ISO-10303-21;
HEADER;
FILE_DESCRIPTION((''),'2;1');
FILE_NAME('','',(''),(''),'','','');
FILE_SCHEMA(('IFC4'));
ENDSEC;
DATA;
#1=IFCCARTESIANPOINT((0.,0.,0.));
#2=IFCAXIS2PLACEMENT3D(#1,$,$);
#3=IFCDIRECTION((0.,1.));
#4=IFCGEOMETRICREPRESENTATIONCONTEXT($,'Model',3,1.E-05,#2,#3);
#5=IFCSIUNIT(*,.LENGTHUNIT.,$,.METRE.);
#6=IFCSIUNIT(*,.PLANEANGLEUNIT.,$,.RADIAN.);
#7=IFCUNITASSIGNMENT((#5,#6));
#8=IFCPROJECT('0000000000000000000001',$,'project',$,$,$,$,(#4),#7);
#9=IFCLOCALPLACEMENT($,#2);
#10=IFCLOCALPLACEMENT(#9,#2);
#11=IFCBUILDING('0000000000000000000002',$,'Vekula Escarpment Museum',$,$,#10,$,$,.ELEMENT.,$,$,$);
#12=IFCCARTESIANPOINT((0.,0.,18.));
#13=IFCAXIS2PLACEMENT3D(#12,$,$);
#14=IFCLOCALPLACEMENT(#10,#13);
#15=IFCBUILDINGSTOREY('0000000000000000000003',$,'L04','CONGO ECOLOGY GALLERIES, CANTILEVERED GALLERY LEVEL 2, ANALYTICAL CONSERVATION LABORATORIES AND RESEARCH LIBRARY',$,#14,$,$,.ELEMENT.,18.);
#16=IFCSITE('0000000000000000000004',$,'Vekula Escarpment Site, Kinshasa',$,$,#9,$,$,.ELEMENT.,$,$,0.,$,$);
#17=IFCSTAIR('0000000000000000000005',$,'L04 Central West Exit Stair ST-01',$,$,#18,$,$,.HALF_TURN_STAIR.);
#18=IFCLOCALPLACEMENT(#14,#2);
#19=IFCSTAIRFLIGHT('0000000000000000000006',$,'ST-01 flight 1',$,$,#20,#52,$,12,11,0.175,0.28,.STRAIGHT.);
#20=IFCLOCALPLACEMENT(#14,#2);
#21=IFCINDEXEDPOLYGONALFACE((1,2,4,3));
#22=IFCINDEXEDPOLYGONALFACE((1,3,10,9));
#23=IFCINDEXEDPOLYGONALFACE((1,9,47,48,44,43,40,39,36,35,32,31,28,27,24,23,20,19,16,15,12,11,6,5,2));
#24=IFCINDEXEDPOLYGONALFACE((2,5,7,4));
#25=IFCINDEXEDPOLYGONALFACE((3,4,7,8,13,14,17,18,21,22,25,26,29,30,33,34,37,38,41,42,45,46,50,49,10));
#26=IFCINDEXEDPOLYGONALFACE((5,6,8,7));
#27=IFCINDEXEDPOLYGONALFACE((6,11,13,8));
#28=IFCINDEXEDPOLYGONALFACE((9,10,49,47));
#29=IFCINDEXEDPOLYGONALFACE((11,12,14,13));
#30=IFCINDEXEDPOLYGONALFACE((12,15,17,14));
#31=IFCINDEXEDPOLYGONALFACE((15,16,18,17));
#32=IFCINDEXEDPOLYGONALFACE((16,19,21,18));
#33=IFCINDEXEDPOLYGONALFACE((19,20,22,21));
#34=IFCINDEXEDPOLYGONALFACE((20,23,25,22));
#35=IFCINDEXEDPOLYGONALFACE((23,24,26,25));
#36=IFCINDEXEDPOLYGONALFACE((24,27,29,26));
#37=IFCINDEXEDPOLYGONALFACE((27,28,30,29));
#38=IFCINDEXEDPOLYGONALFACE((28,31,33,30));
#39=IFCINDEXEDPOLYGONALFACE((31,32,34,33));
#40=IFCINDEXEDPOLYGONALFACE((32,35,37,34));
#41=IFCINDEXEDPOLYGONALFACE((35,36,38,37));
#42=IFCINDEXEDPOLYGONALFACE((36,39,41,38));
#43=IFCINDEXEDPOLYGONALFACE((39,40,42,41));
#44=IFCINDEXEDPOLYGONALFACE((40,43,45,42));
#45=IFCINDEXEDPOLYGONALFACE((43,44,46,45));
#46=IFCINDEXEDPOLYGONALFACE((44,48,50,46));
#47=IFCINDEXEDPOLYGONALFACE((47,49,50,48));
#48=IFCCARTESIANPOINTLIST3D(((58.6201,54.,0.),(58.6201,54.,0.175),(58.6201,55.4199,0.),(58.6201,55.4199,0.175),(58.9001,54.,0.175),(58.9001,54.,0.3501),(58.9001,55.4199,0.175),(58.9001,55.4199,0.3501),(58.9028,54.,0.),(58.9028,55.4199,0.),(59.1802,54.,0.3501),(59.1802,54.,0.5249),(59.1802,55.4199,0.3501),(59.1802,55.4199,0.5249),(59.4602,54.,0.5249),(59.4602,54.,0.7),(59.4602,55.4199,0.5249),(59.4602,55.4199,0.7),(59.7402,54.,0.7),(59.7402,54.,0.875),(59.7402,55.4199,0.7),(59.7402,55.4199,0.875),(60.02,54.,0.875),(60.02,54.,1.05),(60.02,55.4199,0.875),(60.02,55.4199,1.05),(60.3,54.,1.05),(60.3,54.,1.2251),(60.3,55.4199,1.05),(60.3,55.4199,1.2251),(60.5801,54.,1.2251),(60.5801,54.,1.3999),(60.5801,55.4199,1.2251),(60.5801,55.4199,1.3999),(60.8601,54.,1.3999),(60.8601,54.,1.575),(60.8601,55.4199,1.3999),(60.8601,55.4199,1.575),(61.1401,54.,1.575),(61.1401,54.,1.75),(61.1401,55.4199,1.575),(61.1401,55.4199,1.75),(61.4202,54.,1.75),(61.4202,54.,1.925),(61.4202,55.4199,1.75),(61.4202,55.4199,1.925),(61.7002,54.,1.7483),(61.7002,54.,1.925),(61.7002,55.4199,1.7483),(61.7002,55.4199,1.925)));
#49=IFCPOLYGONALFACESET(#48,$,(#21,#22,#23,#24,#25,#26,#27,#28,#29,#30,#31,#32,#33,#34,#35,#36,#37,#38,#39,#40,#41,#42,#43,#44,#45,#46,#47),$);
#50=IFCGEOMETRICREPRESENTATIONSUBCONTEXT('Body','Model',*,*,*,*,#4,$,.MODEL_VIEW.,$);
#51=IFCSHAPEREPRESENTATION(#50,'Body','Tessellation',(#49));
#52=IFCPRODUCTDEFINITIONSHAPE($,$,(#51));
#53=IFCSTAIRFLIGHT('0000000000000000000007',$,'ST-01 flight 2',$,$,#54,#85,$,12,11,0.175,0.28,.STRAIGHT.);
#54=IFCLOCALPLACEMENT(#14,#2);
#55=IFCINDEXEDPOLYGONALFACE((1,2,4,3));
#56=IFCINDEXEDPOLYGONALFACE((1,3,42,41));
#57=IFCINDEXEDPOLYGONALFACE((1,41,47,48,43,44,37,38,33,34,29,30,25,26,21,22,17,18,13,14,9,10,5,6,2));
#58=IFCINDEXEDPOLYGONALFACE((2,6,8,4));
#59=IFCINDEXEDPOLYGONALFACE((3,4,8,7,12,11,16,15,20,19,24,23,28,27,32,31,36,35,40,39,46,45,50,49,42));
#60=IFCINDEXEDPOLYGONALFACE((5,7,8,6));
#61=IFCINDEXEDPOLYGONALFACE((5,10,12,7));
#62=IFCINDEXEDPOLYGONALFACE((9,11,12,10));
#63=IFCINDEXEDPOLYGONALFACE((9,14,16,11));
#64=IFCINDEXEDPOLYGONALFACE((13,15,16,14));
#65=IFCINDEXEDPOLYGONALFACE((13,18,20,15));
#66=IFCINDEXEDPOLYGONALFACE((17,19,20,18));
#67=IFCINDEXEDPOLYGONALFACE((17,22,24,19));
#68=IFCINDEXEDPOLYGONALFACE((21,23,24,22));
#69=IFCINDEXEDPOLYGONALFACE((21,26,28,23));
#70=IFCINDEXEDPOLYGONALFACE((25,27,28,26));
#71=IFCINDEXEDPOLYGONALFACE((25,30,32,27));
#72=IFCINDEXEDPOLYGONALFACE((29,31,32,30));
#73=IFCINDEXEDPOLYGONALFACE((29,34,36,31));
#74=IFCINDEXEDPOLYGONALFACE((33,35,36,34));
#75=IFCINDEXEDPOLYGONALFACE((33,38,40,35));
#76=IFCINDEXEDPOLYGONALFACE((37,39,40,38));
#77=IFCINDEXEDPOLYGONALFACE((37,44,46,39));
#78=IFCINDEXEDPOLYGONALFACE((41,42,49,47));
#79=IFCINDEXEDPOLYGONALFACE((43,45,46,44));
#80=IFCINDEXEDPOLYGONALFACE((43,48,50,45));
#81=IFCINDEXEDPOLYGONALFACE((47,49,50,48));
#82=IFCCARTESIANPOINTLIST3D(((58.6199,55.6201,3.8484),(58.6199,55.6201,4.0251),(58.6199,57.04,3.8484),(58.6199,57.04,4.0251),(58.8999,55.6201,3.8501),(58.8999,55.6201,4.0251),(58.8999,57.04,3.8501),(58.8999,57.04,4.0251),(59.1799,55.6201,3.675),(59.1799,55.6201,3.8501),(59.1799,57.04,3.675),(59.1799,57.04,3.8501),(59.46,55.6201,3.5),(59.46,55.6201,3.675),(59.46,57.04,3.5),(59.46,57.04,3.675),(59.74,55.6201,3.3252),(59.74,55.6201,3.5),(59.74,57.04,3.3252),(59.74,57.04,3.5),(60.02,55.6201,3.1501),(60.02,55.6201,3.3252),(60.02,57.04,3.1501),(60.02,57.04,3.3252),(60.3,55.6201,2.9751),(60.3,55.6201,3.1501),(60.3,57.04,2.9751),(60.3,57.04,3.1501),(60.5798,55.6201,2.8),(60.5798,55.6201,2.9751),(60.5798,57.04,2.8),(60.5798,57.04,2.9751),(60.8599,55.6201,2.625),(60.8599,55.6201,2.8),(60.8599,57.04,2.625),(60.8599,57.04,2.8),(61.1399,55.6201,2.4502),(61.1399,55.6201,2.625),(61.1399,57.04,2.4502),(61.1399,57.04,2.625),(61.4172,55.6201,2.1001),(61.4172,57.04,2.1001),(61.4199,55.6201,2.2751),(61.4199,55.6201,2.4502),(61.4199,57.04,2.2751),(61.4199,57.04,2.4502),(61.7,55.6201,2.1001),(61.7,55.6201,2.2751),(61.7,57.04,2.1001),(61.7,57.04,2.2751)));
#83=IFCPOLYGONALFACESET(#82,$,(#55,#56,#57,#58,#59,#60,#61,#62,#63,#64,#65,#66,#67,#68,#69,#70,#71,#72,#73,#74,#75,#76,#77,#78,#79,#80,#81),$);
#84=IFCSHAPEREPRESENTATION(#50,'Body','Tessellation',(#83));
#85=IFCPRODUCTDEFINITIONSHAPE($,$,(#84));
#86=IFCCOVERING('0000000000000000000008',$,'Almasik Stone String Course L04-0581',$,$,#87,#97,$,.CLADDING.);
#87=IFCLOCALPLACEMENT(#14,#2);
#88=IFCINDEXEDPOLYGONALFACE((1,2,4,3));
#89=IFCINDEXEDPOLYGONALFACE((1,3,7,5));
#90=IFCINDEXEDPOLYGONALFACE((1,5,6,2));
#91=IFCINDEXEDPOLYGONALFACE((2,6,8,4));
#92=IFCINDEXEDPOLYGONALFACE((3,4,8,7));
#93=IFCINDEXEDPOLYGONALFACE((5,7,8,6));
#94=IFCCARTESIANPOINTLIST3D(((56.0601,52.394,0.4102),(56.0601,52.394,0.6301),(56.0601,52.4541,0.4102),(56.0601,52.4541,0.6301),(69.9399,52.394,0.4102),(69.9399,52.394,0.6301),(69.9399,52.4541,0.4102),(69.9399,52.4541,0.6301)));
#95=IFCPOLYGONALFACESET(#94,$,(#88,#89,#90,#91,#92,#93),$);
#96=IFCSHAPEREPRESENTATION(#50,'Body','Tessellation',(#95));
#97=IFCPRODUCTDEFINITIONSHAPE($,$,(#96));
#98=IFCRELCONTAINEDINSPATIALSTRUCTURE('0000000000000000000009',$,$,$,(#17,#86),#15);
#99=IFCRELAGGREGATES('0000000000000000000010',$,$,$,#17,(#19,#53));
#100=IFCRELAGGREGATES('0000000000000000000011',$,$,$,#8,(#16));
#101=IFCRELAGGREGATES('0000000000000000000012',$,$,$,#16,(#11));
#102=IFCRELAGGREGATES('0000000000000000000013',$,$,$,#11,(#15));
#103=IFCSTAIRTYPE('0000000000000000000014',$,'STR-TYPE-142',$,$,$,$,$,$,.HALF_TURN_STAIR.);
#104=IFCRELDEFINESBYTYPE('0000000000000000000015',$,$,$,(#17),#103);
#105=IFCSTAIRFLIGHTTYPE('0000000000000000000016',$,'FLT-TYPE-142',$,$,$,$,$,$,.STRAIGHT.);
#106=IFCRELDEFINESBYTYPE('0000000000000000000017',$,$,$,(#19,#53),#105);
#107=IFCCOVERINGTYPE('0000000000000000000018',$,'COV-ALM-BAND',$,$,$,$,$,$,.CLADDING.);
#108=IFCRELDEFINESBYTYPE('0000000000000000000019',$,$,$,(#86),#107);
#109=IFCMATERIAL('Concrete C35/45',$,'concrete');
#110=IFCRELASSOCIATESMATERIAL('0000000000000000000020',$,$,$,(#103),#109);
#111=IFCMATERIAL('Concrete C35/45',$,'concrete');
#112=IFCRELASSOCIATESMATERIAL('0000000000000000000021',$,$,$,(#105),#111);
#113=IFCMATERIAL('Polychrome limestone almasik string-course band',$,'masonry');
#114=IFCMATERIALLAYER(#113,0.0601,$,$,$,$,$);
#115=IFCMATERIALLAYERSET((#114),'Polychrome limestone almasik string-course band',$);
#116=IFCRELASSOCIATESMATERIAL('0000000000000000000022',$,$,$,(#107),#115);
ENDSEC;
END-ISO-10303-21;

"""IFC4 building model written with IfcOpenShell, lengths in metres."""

from ifc_helpers import new_model, si_unit, direction, frame, origin, origin_2d, place, context, subcontext, project, spatial, polyline, rectangle, outline, extrude, material, layer, layer_set, type_object, element, aggregate, save


model = new_model("IFC4")

# Units and contexts
model_context = context("Model", 3, precision=1e-05, world=origin(), true_north=direction((0.0, 1.0)))
body_context = subcontext(model_context, "Body", "Model", "MODEL_VIEW")
ifc_project = project(units=[si_unit("LENGTHUNIT", "METRE"), si_unit("PLANEANGLEUNIT", "RADIAN")], contexts=[model_context])

# Site, building, storey
site_placement = place(None, origin())
site = spatial("IfcSite", under=ifc_project, at=site_placement, Name="Vekula Escarpment Site, Kinshasa", CompositionType="ELEMENT", RefElevation=0.0)
building_placement = place(site_placement, origin())
building = spatial("IfcBuilding", under=site, at=building_placement, Name="Vekula Escarpment Museum", CompositionType="ELEMENT")
storey_placement = place(building_placement, frame((0.0, 0.0, 18.0)))
storey = spatial("IfcBuildingStorey", under=building, at=storey_placement, Name="L04", Description="CONGO ECOLOGY GALLERIES, CANTILEVERED GALLERY LEVEL 2, ANALYTICAL CONSERVATION LABORATORIES AND RESEARCH LIBRARY", CompositionType="ELEMENT", Elevation=18.0)

# Stair, stair flights
ifc_material_1 = material(Name="Concrete C35/45", Category="concrete")
stair_type = type_object("IfcStairType", Name="STR-TYPE-142", PredefinedType="HALF_TURN_STAIR", material=ifc_material_1)
stair_placement = place(storey_placement, origin())
stair = element("IfcStair", 1, at=stair_placement, inside=storey, type_object=stair_type, Name="L04 Central West Exit Stair ST-01", PredefinedType="HALF_TURN_STAIR")
ifc_material_2 = material(Name="Concrete C35/45", Category="concrete")
stair_flight_type = type_object("IfcStairFlightType", Name="FLT-TYPE-142", PredefinedType="STRAIGHT", material=ifc_material_2)
stair_flight_1_placement = place(storey_placement, frame((58.6201, 54.71, 0.0), z_axis=(0.0, 0.0, 1.0), x_axis=(1.0, 0.0, 0.0)))
stair_flight_1 = element("IfcStairFlight", 2, at=stair_flight_1_placement, type_object=stair_flight_type, Name="ST-01 flight 1", NumberOfRisers=12, NumberOfTreads=11, PredefinedType="STRAIGHT", RiserHeight=0.175, TreadLength=0.28, context=body_context, shape_type="SweptSolid", body=[
    extrude(outline(polyline([(0.0, 0.0), (0.0, 0.175), (0.28, 0.175), (0.28, 0.3501), (0.5601, 0.3501), (0.5601, 0.5249), (0.8401, 0.5249), (0.8401, 0.7), (1.1201, 0.7), (1.1201, 0.875), (1.3999, 0.875), (1.3999, 1.05), (1.6799, 1.05), (1.6799, 1.2251), (1.96, 1.2251), (1.96, 1.3999), (2.24, 1.3999), (2.24, 1.575), (2.52, 1.575), (2.52, 1.75), (2.8, 1.75), (2.8, 1.925), (3.0801, 1.925), (3.0801, 2.1001), (3.0801, 1.7483), (0.2827, 0.0), (0.0, 0.0)])), frame((0.0, 0.71, 0.0), z_axis=(0.0, -1.0, 0.0), x_axis=(1.0, 0.0, 0.0)), (0.0, 0.0, 1.0), 1.4199),
])
stair_flight_2_placement = place(storey_placement, frame((61.7, 56.3301, 2.1001), z_axis=(0.0, 0.0, 1.0), x_axis=(-1.0, 0.0, 0.0)))
stair_flight_2 = element("IfcStairFlight", 3, at=stair_flight_2_placement, type_object=stair_flight_type, Name="ST-01 flight 2", NumberOfRisers=12, NumberOfTreads=11, PredefinedType="STRAIGHT", RiserHeight=0.175, TreadLength=0.28, context=body_context, shape_type="SweptSolid", body=[
    extrude(outline(polyline([(0.0, 0.0), (0.0, 0.175), (0.28, 0.175), (0.28, 0.3501), (0.5601, 0.3501), (0.5601, 0.5249), (0.8401, 0.5249), (0.8401, 0.7), (1.1201, 0.7), (1.1201, 0.875), (1.3999, 0.875), (1.3999, 1.05), (1.6799, 1.05), (1.6799, 1.2251), (1.96, 1.2251), (1.96, 1.3999), (2.24, 1.3999), (2.24, 1.575), (2.52, 1.575), (2.52, 1.75), (2.8, 1.75), (2.8, 1.925), (3.0801, 1.925), (3.0801, 2.1001), (3.0801, 1.7483), (0.2827, 0.0), (0.0, 0.0)])), frame((0.0, 0.71, 0.0), z_axis=(0.0, -1.0, 0.0), x_axis=(1.0, 0.0, 0.0)), (0.0, 0.0, 1.0), 1.4199),
])
aggregate(stair, [stair_flight_1, stair_flight_2])

# Covering
ifc_material_3 = material(Name="Polychrome limestone almasik string-course band", Category="masonry")
ifc_layer_1 = layer(ifc_material_3, 0.0601)
ifc_layer_set_1 = layer_set([ifc_layer_1], Name="Polychrome limestone almasik string-course band")
covering_type = type_object("IfcCoveringType", Name="COV-ALM-BAND", PredefinedType="CLADDING", material=ifc_layer_set_1)
covering_placement = place(storey_placement, frame((63.0, 52.4241, 0.4102), z_axis=(0.0, 0.0, 1.0), x_axis=(1.0, 0.0, 0.0)))
element("IfcCovering", 4, at=covering_placement, inside=storey, type_object=covering_type, Name="Almasik Stone String Course L04-0581", PredefinedType="CLADDING", context=body_context, shape_type="SweptSolid", body=[
    extrude(rectangle(XDim=13.8799, YDim=0.0601, at=origin_2d()), origin(), (0.0, 0.0, 1.0), 0.22),
])

save(model, "model.ifc")
